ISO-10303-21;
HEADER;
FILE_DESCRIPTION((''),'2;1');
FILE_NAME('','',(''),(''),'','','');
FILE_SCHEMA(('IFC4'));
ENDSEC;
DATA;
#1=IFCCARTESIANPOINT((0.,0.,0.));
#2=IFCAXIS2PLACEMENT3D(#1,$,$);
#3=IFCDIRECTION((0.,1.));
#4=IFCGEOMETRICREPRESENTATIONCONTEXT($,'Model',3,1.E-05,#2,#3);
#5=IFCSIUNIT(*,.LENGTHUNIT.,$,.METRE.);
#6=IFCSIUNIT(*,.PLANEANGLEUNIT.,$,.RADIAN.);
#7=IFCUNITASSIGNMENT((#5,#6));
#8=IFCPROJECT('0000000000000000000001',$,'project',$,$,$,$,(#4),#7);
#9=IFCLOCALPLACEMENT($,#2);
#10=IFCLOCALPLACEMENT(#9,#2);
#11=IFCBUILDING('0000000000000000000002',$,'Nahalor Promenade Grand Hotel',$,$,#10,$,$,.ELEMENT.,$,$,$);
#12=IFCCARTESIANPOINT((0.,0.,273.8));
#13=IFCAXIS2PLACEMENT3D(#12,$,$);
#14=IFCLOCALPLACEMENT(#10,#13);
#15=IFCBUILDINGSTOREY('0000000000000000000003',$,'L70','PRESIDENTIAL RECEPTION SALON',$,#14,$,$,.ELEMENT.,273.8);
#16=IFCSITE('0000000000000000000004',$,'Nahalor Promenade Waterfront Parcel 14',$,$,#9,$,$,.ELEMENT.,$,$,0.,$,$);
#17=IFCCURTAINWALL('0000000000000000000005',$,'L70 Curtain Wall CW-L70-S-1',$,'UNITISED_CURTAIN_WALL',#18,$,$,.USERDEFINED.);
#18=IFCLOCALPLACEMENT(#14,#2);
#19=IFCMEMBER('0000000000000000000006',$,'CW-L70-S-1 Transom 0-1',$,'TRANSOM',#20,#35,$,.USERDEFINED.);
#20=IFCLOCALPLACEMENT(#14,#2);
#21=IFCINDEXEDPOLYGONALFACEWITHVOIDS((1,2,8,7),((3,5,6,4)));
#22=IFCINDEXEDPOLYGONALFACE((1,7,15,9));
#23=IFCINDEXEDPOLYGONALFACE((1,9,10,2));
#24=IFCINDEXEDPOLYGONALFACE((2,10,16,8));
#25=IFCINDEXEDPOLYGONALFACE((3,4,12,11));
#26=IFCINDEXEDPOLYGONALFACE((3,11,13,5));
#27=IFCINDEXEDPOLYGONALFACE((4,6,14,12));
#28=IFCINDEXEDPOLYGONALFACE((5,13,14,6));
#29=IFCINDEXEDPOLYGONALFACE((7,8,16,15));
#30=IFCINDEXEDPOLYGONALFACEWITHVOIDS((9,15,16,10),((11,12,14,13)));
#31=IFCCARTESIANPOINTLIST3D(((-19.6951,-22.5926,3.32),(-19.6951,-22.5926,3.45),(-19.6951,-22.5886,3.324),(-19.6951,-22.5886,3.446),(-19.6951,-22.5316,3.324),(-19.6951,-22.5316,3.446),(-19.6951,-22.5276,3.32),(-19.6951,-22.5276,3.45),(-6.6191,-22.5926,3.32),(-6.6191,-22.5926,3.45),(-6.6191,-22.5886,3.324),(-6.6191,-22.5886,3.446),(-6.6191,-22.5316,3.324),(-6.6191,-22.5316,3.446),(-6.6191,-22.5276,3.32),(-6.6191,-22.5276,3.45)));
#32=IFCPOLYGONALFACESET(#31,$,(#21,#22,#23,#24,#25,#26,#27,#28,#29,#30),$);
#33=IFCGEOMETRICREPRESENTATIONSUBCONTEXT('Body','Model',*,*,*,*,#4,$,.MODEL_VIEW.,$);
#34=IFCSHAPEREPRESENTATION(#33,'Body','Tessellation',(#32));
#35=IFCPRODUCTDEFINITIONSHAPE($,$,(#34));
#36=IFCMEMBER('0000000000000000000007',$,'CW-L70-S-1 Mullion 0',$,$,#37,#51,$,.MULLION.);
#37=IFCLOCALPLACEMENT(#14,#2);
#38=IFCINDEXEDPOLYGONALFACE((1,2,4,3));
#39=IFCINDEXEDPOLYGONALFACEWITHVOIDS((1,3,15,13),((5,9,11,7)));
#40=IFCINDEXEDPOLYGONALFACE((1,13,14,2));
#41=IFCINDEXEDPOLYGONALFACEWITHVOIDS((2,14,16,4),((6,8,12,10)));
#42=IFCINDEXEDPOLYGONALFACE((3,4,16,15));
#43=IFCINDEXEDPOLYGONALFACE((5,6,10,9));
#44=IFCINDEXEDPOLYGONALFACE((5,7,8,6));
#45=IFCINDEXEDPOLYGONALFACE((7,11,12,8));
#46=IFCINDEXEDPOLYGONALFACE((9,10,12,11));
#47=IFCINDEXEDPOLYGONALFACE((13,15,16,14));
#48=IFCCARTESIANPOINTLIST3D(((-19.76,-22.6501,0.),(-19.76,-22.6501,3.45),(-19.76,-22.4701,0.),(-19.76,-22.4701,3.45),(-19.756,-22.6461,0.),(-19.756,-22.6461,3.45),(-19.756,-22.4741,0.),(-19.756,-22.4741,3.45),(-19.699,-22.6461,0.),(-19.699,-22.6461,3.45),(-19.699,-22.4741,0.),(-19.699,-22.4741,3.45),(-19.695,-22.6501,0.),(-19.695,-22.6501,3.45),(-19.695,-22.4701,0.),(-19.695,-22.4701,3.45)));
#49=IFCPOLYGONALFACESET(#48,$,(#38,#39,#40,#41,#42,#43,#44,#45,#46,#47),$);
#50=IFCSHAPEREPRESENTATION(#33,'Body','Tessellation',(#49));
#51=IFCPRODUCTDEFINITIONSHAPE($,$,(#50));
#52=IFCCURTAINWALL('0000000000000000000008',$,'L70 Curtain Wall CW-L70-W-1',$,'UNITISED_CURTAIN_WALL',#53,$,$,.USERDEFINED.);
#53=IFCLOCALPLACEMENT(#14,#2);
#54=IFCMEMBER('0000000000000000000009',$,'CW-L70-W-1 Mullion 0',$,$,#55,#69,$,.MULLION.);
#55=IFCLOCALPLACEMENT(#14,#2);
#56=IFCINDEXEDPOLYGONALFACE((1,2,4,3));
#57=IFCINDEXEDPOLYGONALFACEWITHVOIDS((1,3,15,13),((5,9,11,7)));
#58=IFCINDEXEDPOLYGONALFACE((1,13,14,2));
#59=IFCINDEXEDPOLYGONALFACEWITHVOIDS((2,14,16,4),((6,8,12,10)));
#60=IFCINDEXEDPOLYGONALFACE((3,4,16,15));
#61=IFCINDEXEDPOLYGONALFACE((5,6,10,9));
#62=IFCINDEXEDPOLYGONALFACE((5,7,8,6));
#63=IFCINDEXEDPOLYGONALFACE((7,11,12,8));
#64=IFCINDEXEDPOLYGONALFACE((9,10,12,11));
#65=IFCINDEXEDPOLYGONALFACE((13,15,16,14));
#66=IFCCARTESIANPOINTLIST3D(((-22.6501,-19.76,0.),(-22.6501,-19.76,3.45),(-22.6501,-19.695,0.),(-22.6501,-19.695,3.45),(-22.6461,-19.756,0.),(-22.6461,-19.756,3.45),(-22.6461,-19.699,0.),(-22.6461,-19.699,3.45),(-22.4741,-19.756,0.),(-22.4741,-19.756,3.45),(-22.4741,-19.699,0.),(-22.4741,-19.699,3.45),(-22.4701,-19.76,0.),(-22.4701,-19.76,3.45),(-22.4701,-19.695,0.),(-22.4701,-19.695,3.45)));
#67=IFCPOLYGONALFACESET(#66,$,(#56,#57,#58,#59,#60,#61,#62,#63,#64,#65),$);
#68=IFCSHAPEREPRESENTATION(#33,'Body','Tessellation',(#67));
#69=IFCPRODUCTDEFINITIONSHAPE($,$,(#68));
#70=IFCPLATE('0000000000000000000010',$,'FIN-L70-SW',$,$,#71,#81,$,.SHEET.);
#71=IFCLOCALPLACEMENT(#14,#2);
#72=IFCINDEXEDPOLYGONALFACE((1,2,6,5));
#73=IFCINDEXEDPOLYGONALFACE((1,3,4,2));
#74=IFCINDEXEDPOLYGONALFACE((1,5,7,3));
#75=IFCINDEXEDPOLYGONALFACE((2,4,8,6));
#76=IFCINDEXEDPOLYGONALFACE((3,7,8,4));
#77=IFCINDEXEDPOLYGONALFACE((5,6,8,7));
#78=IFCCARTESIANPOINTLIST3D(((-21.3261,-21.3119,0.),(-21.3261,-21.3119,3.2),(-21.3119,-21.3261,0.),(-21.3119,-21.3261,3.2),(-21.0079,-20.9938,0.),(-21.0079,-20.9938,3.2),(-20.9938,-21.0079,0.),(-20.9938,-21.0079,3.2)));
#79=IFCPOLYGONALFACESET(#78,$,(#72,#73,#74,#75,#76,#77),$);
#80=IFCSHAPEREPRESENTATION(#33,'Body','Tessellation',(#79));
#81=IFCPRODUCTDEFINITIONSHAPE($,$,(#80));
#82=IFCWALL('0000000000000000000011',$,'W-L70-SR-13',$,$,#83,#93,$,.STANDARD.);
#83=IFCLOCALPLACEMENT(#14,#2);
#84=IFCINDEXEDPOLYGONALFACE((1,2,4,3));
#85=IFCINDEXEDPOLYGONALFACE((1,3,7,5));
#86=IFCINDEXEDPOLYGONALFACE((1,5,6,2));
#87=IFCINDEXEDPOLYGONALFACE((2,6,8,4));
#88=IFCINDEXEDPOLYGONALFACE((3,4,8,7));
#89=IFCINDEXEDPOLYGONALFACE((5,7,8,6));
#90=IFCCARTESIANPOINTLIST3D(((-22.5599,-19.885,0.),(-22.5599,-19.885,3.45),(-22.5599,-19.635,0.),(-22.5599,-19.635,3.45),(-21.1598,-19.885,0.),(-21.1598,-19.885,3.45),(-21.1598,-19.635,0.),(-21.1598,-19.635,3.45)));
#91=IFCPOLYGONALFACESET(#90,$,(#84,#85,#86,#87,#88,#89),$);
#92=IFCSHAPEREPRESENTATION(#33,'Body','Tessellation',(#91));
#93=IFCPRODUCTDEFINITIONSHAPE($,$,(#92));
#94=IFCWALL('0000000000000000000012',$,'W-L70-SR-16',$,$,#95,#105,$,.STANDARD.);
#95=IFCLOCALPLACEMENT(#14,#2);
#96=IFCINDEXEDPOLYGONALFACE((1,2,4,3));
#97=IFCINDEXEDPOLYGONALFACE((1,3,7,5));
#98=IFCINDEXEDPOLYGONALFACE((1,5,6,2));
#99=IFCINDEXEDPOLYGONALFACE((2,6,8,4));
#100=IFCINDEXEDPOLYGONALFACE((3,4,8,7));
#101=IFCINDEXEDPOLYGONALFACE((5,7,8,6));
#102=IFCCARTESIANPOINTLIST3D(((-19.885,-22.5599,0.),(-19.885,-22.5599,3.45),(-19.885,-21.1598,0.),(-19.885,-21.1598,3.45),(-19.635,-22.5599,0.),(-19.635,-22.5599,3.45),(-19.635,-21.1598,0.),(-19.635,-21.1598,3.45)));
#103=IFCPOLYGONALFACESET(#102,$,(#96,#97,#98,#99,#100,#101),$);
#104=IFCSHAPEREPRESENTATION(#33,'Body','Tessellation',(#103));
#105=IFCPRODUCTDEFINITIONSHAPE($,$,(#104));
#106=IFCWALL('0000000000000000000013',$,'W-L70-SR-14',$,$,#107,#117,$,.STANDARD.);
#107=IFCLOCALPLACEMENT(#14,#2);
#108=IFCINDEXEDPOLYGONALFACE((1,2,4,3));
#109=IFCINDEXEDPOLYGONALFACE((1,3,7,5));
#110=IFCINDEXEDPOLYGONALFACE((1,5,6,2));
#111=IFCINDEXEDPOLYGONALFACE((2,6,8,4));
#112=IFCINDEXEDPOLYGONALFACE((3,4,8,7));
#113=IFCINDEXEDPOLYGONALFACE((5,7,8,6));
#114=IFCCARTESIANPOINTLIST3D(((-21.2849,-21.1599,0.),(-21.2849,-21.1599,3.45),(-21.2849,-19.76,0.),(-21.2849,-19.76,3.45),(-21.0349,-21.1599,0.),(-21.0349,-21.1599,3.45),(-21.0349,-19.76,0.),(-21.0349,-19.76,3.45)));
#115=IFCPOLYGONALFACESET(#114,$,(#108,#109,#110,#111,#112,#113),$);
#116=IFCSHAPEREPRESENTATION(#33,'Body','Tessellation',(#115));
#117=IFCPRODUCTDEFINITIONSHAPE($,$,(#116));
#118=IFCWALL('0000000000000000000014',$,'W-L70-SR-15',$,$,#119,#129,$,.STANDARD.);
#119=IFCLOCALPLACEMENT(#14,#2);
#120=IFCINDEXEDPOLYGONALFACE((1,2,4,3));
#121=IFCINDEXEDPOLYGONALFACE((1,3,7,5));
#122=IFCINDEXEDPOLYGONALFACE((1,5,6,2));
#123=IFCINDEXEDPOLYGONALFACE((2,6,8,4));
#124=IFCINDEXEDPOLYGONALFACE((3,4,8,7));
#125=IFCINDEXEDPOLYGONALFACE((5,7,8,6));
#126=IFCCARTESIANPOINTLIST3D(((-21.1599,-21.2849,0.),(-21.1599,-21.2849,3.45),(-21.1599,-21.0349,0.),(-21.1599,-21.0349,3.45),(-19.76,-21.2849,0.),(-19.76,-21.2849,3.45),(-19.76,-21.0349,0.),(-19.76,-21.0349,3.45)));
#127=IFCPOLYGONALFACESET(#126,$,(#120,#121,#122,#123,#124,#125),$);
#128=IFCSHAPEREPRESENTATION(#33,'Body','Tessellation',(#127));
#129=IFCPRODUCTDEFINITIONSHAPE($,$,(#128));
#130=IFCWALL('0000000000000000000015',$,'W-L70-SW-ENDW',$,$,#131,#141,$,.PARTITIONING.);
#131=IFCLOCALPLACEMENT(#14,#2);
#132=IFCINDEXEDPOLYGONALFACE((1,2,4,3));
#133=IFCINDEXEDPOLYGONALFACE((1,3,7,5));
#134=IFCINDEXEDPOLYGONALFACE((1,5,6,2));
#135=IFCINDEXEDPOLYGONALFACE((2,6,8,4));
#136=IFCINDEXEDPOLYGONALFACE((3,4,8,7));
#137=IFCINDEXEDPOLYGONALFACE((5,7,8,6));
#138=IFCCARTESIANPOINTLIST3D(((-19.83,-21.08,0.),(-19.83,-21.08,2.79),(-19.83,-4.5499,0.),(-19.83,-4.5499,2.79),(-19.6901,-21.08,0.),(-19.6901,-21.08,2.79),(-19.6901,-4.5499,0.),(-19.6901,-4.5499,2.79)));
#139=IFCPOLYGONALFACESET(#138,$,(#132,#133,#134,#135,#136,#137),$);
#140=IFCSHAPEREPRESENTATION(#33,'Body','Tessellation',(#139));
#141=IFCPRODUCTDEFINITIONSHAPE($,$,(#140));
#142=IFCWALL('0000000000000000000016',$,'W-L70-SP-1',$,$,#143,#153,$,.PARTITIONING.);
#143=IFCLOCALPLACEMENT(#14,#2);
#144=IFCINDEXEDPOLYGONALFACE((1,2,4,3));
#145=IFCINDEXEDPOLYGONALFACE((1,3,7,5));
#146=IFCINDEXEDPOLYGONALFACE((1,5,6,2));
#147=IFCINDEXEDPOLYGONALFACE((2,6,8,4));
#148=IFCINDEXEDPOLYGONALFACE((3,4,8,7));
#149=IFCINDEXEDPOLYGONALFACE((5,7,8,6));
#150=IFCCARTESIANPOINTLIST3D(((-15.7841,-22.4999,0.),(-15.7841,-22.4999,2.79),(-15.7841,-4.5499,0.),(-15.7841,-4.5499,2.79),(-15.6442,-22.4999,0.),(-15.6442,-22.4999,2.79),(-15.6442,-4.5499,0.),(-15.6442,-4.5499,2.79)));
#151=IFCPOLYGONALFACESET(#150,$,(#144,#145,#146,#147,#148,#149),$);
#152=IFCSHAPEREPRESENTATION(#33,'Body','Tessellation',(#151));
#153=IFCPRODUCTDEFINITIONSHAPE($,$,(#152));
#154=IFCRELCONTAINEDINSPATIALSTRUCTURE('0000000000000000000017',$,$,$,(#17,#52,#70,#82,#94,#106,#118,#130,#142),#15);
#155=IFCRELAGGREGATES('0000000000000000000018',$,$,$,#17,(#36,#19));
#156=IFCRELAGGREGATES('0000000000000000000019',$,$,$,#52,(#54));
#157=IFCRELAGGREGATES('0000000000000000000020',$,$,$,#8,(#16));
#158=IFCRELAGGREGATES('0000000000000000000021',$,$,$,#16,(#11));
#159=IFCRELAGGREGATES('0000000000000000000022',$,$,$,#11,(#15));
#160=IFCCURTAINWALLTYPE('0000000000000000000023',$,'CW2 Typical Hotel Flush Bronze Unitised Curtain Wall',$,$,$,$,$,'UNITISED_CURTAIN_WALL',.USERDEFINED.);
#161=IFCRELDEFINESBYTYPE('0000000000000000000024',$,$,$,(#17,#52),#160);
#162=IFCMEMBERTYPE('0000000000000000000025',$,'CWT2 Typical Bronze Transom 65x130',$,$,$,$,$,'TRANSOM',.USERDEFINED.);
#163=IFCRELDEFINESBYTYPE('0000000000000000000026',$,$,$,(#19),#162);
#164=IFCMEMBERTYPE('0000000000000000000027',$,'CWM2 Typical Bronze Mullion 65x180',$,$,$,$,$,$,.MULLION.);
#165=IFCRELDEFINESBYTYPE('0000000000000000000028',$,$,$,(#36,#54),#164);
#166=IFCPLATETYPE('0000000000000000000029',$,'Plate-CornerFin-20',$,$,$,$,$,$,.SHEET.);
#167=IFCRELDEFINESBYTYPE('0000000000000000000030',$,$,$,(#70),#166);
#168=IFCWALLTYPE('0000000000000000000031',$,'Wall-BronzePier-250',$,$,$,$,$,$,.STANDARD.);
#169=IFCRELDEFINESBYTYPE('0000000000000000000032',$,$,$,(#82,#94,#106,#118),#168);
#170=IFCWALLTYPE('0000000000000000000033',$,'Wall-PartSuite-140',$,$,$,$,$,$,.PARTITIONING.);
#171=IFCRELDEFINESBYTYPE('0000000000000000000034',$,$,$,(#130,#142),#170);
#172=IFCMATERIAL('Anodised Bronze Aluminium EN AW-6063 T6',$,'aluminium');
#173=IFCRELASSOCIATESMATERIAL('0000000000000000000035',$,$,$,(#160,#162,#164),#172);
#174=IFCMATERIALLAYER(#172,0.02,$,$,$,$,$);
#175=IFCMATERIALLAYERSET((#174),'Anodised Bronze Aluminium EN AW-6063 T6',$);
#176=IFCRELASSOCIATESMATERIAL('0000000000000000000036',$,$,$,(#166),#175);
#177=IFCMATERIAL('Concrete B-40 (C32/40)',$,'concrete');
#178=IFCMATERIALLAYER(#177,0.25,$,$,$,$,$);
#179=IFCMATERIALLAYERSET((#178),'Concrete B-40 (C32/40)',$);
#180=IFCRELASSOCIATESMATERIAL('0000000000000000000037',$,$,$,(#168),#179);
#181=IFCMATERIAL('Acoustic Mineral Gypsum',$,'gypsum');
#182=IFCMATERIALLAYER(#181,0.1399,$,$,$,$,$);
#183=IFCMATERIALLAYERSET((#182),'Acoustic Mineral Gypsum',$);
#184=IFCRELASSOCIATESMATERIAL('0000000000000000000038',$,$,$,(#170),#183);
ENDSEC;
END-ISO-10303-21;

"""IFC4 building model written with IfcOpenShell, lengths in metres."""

from ifc_helpers import new_model, si_unit, direction, frame, frame_2d, origin, origin_2d, place, context, subcontext, project, spatial, rectangle, hollow_rectangle, extrude, source, transform, mapped, material, layer, layer_set, material_profile, profile_set, type_object, element, aggregate, save


model = new_model("IFC4")

# Units and contexts
model_context = context("Model", 3, precision=1e-05, world=origin(), true_north=direction((0.0, 1.0)))
body_context = subcontext(model_context, "Body", "Model", "MODEL_VIEW")
ifc_project = project(units=[si_unit("LENGTHUNIT", "METRE"), si_unit("PLANEANGLEUNIT", "RADIAN")], contexts=[model_context])

# Site, building, storey
site_placement = place(None, origin())
site = spatial("IfcSite", under=ifc_project, at=site_placement, Name="Nahalor Promenade Waterfront Parcel 14", CompositionType="ELEMENT", RefElevation=0.0)
building_placement = place(site_placement, origin())
building = spatial("IfcBuilding", under=site, at=building_placement, Name="Nahalor Promenade Grand Hotel", CompositionType="ELEMENT")
storey_placement = place(building_placement, frame((0.0, 0.0, 273.8)))
storey = spatial("IfcBuildingStorey", under=building, at=storey_placement, Name="L70", Description="PRESIDENTIAL RECEPTION SALON", CompositionType="ELEMENT", Elevation=273.8)

# Curtain wall, members
ifc_material_1 = material(Name="Anodised Bronze Aluminium EN AW-6063 T6", Category="aluminium")
curtain_wall_type = type_object("IfcCurtainWallType", Name="CW2 Typical Hotel Flush Bronze Unitised Curtain Wall", ElementType="UNITISED_CURTAIN_WALL", PredefinedType="USERDEFINED", material=ifc_material_1)
curtain_wall_1_placement = place(storey_placement, origin())
curtain_wall_1 = element("IfcCurtainWall", 1, at=curtain_wall_1_placement, inside=storey, type_object=curtain_wall_type, Name="L70 Curtain Wall CW-L70-S-1", ObjectType="UNITISED_CURTAIN_WALL", PredefinedType="USERDEFINED")
ifc_material_profile_1 = material_profile(ifc_material_1, hollow_rectangle(XDim=0.065, YDim=0.13, WallThickness=0.004, at=origin_2d()), Name="CWT 65x130x4")
ifc_profile_set_1 = profile_set([ifc_material_profile_1], Name="Anodised Bronze Aluminium EN AW-6063 T6")
member_type_1 = type_object("IfcMemberType", Name="CWT2 Typical Bronze Transom 65x130", ElementType="TRANSOM", PredefinedType="USERDEFINED", material=ifc_profile_set_1)
shared_shape_1 = source(origin(), body_context, "Body", "SweptSolid", [
    extrude(hollow_rectangle(XDim=0.065, YDim=0.13, WallThickness=0.004, at=origin_2d()), origin(), (0.0, 0.0, 1.0), 13.0759),
])
member_1_placement = place(storey_placement, frame((-19.6951, -22.5601, 3.385), z_axis=(1.0, 0.0, 0.0), x_axis=(0.0, 1.0, 0.0)))
member_1 = element("IfcMember", 2, at=member_1_placement, type_object=member_type_1, Name="CW-L70-S-1 Transom 0-1", ObjectType="TRANSOM", PredefinedType="USERDEFINED", context=body_context, shape_type="MappedRepresentation", body=[
    mapped(shared_shape_1, transform((0.0, 0.0, 0.0), scale=1.0)),
])
ifc_material_profile_2 = material_profile(ifc_material_1, hollow_rectangle(XDim=0.065, YDim=0.18, WallThickness=0.004, at=origin_2d()), Name="CWM 65x180x4")
ifc_profile_set_2 = profile_set([ifc_material_profile_2], Name="Anodised Bronze Aluminium EN AW-6063 T6")
member_type_2 = type_object("IfcMemberType", Name="CWM2 Typical Bronze Mullion 65x180", PredefinedType="MULLION", material=ifc_profile_set_2)
shared_shape_2 = source(origin(), body_context, "Body", "SweptSolid", [
    extrude(hollow_rectangle(XDim=0.065, YDim=0.18, WallThickness=0.004, at=origin_2d()), origin(), (0.0, 0.0, 1.0), 3.45),
])
member_2_placement = place(storey_placement, frame((-19.7275, -22.5601, 0.0), z_axis=(0.0, 0.0, 1.0), x_axis=(1.0, 0.0, 0.0)))
member_2 = element("IfcMember", 3, at=member_2_placement, type_object=member_type_2, Name="CW-L70-S-1 Mullion 0", PredefinedType="MULLION", context=body_context, shape_type="MappedRepresentation", body=[
    mapped(shared_shape_2, transform((0.0, 0.0, 0.0), scale=1.0)),
])
aggregate(curtain_wall_1, [member_2, member_1])

# Curtain wall, member
curtain_wall_2_placement = place(storey_placement, origin())
curtain_wall_2 = element("IfcCurtainWall", 4, at=curtain_wall_2_placement, inside=storey, type_object=curtain_wall_type, Name="L70 Curtain Wall CW-L70-W-1", ObjectType="UNITISED_CURTAIN_WALL", PredefinedType="USERDEFINED")
member_3_placement = place(storey_placement, frame((-22.5601, -19.7275, 0.0), z_axis=(0.0, 0.0, 1.0), x_axis=(0.0, 1.0, 0.0)))
member_3 = element("IfcMember", 5, at=member_3_placement, type_object=member_type_2, Name="CW-L70-W-1 Mullion 0", PredefinedType="MULLION", context=body_context, shape_type="MappedRepresentation", body=[
    mapped(shared_shape_2, transform((0.0, 0.0, 0.0), scale=1.0)),
])
aggregate(curtain_wall_2, [member_3])

# Plate
ifc_layer_1 = layer(ifc_material_1, 0.02)
ifc_layer_set_1 = layer_set([ifc_layer_1], Name="Anodised Bronze Aluminium EN AW-6063 T6")
plate_type = type_object("IfcPlateType", Name="Plate-CornerFin-20", PredefinedType="SHEET", material=ifc_layer_set_1)
shared_shape_3 = source(origin(), body_context, "Body", "SweptSolid", [
    extrude(rectangle(XDim=0.45, YDim=0.02, at=origin_2d()), origin(), (0.0, 0.0, 1.0), 3.2),
])
plate_placement = place(storey_placement, frame((-21.1599, -21.1599, 0.0), z_axis=(0.0, 0.0, 1.0), x_axis=(0.707107, 0.707107, 0.0)))
element("IfcPlate", 6, at=plate_placement, inside=storey, type_object=plate_type, Name="FIN-L70-SW", PredefinedType="SHEET", context=body_context, shape_type="MappedRepresentation", body=[
    mapped(shared_shape_3, transform((0.0, 0.0, 0.0), scale=1.0)),
])

# Walls
ifc_material_2 = material(Name="Concrete B-40 (C32/40)", Category="concrete")
ifc_layer_2 = layer(ifc_material_2, 0.25)
ifc_layer_set_2 = layer_set([ifc_layer_2], Name="Concrete B-40 (C32/40)")
wall_type_1 = type_object("IfcWallType", Name="Wall-BronzePier-250", PredefinedType="STANDARD", material=ifc_layer_set_2)
shared_shape_4 = source(origin(), body_context, "Body", "SweptSolid", [
    extrude(rectangle(XDim=1.4001, YDim=0.25, at=frame_2d((0.7002, 0.0))), origin(), (0.0, 0.0, 1.0), 3.45),
])
for number, where, z_axis, x_axis, name in (
    (7, (-22.5601, -19.76, 0.0), (0.0, 0.0, 1.0), (1.0, 0.0, 0.0), "W-L70-SR-13"),
    (8, (-19.76, -22.5601, 0.0), (0.0, 0.0, 1.0), (0.0, 1.0, 0.0), "W-L70-SR-16"),
):
    element("IfcWall", number, at=place(storey_placement, frame(where, z_axis=z_axis, x_axis=x_axis)), inside=storey, type_object=wall_type_1, Name=name, PredefinedType="STANDARD", context=body_context, shape_type="MappedRepresentation", body=[
        mapped(shared_shape_4, transform((0.0, 0.0, 0.0), scale=1.0)),
    ])
shared_shape_5 = source(origin(), body_context, "Body", "SweptSolid", [
    extrude(rectangle(XDim=1.3999, YDim=0.25, at=frame_2d((0.7, 0.0))), origin(), (0.0, 0.0, 1.0), 3.45),
])
for number, where, z_axis, x_axis, name in (
    (9, (-21.1599, -21.1599, 0.0), (0.0, 0.0, 1.0), (0.0, 1.0, 0.0), "W-L70-SR-14"),
    (10, (-21.1599, -21.1599, 0.0), (0.0, 0.0, 1.0), (1.0, 0.0, 0.0), "W-L70-SR-15"),
):
    element("IfcWall", number, at=place(storey_placement, frame(where, z_axis=z_axis, x_axis=x_axis)), inside=storey, type_object=wall_type_1, Name=name, PredefinedType="STANDARD", context=body_context, shape_type="MappedRepresentation", body=[
        mapped(shared_shape_5, transform((0.0, 0.0, 0.0), scale=1.0)),
    ])
ifc_material_3 = material(Name="Acoustic Mineral Gypsum", Category="gypsum")
ifc_layer_3 = layer(ifc_material_3, 0.1399)
ifc_layer_set_3 = layer_set([ifc_layer_3], Name="Acoustic Mineral Gypsum")
wall_type_2 = type_object("IfcWallType", Name="Wall-PartSuite-140", PredefinedType="PARTITIONING", material=ifc_layer_set_3)
shared_shape_6 = source(origin(), body_context, "Body", "SweptSolid", [
    extrude(rectangle(XDim=16.53, YDim=0.1399, at=frame_2d((8.2651, 0.0))), origin(), (0.0, 0.0, 1.0), 2.79),
])
wall_1_placement = place(storey_placement, frame((-19.76, -21.0801, 0.0), z_axis=(0.0, 0.0, 1.0), x_axis=(0.0, 1.0, 0.0)))
element("IfcWall", 11, at=wall_1_placement, inside=storey, type_object=wall_type_2, Name="W-L70-SW-ENDW", PredefinedType="PARTITIONING", context=body_context, shape_type="MappedRepresentation", body=[
    mapped(shared_shape_6, transform((0.0, 0.0, 0.0), scale=1.0)),
])
shared_shape_7 = source(origin(), body_context, "Body", "SweptSolid", [
    extrude(rectangle(XDim=17.95, YDim=0.1399, at=frame_2d((8.9751, 0.0))), origin(), (0.0, 0.0, 1.0), 2.79),
])
wall_2_placement = place(storey_placement, frame((-15.7141, -22.5, 0.0), z_axis=(0.0, 0.0, 1.0), x_axis=(0.0, 1.0, 0.0)))
element("IfcWall", 12, at=wall_2_placement, inside=storey, type_object=wall_type_2, Name="W-L70-SP-1", PredefinedType="PARTITIONING", context=body_context, shape_type="MappedRepresentation", body=[
    mapped(shared_shape_7, transform((0.0, 0.0, 0.0), scale=1.0)),
])

save(model, "model.ifc")
